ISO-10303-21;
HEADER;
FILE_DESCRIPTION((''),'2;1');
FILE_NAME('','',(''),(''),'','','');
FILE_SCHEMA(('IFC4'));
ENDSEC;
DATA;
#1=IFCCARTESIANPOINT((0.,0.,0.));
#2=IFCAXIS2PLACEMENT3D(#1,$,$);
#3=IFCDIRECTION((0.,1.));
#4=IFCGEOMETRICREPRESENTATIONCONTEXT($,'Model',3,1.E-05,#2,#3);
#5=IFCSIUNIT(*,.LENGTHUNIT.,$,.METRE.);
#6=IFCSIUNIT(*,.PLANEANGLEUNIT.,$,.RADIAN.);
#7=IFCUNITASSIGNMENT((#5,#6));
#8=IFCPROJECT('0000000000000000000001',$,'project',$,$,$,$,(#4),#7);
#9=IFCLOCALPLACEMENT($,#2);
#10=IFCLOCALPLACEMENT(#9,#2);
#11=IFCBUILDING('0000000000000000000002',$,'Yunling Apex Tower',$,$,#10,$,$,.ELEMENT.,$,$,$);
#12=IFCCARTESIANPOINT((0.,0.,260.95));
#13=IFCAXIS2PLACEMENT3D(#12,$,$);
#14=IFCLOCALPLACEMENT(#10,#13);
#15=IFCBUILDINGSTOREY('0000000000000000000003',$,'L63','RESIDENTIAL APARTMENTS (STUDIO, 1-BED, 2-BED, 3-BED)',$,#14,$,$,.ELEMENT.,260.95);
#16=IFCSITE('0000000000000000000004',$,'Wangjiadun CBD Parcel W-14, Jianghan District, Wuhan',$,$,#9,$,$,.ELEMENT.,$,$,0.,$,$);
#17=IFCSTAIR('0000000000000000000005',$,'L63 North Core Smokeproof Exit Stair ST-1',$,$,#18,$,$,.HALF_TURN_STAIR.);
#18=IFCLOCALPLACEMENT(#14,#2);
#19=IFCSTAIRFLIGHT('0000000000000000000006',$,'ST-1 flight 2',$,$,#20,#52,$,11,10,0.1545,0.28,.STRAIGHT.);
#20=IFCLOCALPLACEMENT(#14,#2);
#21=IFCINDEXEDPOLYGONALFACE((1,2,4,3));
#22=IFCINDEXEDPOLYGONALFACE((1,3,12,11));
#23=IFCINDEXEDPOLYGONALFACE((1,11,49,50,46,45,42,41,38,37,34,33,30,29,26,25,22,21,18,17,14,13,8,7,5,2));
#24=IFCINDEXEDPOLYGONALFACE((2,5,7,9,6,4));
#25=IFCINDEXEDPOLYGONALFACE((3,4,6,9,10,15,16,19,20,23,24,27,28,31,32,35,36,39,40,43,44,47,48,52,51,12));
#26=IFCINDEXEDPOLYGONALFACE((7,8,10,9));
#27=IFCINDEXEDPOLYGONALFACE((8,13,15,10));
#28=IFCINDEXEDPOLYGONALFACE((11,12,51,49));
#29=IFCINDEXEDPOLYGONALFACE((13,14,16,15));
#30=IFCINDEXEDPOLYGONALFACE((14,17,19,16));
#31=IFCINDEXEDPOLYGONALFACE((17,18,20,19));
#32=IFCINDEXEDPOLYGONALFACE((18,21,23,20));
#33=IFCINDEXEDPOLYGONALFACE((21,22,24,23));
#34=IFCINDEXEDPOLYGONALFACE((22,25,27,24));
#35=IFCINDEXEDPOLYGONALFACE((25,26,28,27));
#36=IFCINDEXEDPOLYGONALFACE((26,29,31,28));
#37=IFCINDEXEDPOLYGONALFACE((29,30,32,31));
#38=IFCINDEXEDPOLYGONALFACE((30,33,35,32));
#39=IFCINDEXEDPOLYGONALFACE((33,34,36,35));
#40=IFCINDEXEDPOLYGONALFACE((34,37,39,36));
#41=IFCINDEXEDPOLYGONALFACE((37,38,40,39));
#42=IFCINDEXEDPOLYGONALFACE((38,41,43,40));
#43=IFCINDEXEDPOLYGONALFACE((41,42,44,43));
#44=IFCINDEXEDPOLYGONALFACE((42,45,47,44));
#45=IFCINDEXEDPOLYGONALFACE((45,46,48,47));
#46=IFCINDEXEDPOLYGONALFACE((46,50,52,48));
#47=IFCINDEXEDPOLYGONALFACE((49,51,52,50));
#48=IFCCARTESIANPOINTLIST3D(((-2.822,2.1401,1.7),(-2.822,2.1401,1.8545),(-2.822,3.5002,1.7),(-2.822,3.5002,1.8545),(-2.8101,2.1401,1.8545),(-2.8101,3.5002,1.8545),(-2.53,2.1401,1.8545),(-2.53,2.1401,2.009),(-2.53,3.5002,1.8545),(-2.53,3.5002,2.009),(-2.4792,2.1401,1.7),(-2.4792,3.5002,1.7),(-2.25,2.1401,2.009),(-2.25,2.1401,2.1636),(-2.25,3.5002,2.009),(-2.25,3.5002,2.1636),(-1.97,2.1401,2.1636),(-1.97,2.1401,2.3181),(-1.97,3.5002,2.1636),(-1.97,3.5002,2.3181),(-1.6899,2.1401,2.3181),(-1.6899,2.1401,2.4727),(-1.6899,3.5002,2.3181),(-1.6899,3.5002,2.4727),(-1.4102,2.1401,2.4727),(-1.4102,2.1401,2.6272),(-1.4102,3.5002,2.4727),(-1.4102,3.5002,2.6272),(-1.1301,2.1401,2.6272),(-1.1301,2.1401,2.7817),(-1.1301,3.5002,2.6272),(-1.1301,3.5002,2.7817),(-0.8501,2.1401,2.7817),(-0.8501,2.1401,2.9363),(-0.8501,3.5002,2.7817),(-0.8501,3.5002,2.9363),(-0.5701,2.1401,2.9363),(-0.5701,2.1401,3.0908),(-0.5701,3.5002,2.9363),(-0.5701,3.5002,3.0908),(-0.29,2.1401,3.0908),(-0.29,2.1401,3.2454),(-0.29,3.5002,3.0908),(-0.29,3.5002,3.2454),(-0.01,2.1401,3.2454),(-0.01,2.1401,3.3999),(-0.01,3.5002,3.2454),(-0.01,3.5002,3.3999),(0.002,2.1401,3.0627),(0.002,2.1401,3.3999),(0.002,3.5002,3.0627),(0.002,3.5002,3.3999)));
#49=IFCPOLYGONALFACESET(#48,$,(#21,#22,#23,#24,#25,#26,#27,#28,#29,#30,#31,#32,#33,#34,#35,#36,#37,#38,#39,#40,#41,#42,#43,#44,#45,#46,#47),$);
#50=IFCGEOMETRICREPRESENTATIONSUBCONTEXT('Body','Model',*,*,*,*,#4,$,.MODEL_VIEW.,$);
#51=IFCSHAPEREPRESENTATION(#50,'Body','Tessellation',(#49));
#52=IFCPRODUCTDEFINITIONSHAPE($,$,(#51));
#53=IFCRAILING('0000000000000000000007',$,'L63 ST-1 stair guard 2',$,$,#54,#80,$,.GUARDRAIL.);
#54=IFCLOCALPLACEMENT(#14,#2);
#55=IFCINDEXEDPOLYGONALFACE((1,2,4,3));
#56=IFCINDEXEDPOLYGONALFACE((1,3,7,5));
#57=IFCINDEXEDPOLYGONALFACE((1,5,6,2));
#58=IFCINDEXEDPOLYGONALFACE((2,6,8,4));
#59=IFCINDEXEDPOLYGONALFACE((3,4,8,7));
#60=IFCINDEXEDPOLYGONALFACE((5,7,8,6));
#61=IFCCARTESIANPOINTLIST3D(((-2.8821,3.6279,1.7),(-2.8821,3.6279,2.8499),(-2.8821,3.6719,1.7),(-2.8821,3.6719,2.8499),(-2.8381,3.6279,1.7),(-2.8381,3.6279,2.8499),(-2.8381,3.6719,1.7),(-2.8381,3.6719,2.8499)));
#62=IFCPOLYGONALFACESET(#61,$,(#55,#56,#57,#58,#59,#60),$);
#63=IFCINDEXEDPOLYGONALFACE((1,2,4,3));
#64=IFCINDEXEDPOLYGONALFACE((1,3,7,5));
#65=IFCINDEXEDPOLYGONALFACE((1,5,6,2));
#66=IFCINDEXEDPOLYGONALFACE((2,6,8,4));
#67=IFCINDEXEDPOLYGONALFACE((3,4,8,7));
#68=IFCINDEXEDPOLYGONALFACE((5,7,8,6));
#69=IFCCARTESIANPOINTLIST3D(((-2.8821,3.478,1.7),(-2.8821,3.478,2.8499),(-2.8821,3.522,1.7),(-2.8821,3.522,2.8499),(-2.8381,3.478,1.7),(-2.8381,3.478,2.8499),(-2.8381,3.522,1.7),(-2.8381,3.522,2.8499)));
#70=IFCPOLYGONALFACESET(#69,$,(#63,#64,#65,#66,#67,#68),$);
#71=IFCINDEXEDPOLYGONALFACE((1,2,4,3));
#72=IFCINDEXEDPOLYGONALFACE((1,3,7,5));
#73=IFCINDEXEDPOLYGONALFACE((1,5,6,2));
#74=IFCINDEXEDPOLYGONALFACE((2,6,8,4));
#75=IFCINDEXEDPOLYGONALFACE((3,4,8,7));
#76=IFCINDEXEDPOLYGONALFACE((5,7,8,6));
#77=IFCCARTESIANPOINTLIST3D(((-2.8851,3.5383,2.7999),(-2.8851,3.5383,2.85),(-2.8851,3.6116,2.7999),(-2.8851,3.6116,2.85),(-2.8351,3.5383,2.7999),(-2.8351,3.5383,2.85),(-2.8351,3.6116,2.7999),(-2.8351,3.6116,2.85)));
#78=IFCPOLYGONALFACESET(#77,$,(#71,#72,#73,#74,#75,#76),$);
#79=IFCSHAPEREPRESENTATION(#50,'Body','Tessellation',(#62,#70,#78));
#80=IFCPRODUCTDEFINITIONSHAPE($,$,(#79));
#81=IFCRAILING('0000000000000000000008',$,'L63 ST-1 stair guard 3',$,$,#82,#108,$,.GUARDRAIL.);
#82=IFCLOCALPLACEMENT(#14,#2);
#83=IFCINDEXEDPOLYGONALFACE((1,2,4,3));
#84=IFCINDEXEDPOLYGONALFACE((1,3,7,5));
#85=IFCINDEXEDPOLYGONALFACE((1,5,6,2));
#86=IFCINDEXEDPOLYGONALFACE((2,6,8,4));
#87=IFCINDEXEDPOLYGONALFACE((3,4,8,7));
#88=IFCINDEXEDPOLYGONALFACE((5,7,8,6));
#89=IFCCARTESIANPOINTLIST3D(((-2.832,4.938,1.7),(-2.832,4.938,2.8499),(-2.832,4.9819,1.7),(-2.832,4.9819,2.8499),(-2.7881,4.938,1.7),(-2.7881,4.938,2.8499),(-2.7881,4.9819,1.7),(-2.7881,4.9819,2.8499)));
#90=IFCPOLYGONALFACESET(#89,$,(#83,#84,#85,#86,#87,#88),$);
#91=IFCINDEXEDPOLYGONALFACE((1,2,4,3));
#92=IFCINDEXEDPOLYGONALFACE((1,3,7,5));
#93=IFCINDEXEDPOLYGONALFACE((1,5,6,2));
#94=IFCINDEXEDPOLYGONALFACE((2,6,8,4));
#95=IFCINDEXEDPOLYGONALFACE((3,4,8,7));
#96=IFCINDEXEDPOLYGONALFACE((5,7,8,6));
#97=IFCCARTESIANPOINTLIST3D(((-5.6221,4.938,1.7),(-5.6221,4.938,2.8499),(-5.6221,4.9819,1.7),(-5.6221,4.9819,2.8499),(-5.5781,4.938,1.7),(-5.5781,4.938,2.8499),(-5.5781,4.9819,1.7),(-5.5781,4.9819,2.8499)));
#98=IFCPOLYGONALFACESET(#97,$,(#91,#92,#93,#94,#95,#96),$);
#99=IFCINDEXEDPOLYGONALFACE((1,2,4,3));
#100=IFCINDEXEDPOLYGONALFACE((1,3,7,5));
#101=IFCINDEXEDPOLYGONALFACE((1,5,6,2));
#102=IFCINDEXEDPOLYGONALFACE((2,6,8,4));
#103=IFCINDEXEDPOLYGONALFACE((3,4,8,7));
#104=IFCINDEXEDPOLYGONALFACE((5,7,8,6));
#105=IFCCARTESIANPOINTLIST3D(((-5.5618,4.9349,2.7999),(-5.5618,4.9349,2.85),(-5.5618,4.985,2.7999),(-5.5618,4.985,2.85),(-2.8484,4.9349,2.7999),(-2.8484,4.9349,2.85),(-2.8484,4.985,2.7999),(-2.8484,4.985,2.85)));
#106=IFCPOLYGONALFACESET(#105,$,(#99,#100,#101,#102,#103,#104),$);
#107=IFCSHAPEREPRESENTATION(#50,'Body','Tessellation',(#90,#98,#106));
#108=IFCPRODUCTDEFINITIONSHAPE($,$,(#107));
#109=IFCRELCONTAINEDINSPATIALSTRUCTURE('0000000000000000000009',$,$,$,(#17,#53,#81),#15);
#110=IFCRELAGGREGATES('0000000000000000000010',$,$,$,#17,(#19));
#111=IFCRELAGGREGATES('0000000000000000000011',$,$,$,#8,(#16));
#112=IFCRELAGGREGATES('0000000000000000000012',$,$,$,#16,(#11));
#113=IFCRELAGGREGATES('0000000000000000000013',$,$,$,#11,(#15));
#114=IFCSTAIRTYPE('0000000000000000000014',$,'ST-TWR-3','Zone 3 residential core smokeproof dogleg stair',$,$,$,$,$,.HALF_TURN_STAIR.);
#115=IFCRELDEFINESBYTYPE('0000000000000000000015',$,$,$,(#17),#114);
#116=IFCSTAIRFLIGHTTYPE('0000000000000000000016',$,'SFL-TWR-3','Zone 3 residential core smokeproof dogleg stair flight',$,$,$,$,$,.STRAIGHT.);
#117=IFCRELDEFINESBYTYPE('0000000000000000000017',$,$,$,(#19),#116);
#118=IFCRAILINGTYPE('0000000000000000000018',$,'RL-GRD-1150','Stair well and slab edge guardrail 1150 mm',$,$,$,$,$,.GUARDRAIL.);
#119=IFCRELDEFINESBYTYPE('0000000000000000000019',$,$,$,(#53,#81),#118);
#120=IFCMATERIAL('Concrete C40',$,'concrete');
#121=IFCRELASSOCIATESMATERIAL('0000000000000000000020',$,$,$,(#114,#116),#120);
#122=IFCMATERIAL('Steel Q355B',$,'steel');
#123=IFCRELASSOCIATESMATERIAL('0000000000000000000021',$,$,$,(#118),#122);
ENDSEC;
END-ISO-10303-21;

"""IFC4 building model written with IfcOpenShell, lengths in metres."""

from ifc_helpers import new_model, si_unit, direction, frame, origin, origin_2d, place, context, subcontext, project, spatial, polyline, rectangle, outline, extrude, material, type_object, element, aggregate, save


model = new_model("IFC4")

# Units and contexts
model_context = context("Model", 3, precision=1e-05, world=origin(), true_north=direction((0.0, 1.0)))
body_context = subcontext(model_context, "Body", "Model", "MODEL_VIEW")
ifc_project = project(units=[si_unit("LENGTHUNIT", "METRE"), si_unit("PLANEANGLEUNIT", "RADIAN")], contexts=[model_context])

# Site, building, storey
site_placement = place(None, origin())
site = spatial("IfcSite", under=ifc_project, at=site_placement, Name="Wangjiadun CBD Parcel W-14, Jianghan District, Wuhan", CompositionType="ELEMENT", RefElevation=0.0)
building_placement = place(site_placement, origin())
building = spatial("IfcBuilding", under=site, at=building_placement, Name="Yunling Apex Tower", CompositionType="ELEMENT")
storey_placement = place(building_placement, frame((0.0, 0.0, 260.95)))
storey = spatial("IfcBuildingStorey", under=building, at=storey_placement, Name="L63", Description="RESIDENTIAL APARTMENTS (STUDIO, 1-BED, 2-BED, 3-BED)", CompositionType="ELEMENT", Elevation=260.95)

# Shared definitions
ifc_material_1 = material(Name="Steel Q355B", Category="steel")

# Shared definitions
ifc_material_2 = material(Name="Concrete C40", Category="concrete")

# Stair, stair flight
stair_type = type_object("IfcStairType", Name="ST-TWR-3", Description="Zone 3 residential core smokeproof dogleg stair", PredefinedType="HALF_TURN_STAIR", material=ifc_material_2)
stair_placement = place(storey_placement, origin())
stair = element("IfcStair", 1, at=stair_placement, inside=storey, type_object=stair_type, Name="L63 North Core Smokeproof Exit Stair ST-1", PredefinedType="HALF_TURN_STAIR")
stair_flight_type = type_object("IfcStairFlightType", Name="SFL-TWR-3", Description="Zone 3 residential core smokeproof dogleg stair flight", PredefinedType="STRAIGHT", material=ifc_material_2)
stair_flight_placement = place(storey_placement, frame((-2.8101, 2.8201, 1.7), z_axis=(0.0, 0.0, 1.0), x_axis=(1.0, 0.0, 0.0)))
stair_flight = element("IfcStairFlight", 2, at=stair_flight_placement, type_object=stair_flight_type, Name="ST-1 flight 2", NumberOfRisers=11, NumberOfTreads=10, PredefinedType="STRAIGHT", RiserHeight=0.1545, TreadLength=0.28, context=body_context, shape_type="SweptSolid", body=[
    extrude(outline(polyline([(-0.012, 0.0), (-0.012, 0.1545), (0.0, 0.1545), (0.28, 0.1545), (0.28, 0.3091), (0.5601, 0.3091), (0.5601, 0.4636), (0.8401, 0.4636), (0.8401, 0.6182), (1.1201, 0.6182), (1.1201, 0.7727), (1.3999, 0.7727), (1.3999, 0.9272), (1.6799, 0.9272), (1.6799, 1.0818), (1.96, 1.0818), (1.96, 1.2363), (2.24, 1.2363), (2.24, 1.3909), (2.52, 1.3909), (2.52, 1.5454), (2.8, 1.5454), (2.8, 1.7), (2.812, 1.7), (2.812, 1.3628), (0.3308, 0.0), (-0.012, 0.0)])), frame((0.0, 0.6802, 0.0), z_axis=(0.0, -1.0, 0.0), x_axis=(1.0, 0.0, 0.0)), (0.0, 0.0, 1.0), 1.3601),
])
aggregate(stair, [stair_flight])

# Railings
railing_type = type_object("IfcRailingType", Name="RL-GRD-1150", Description="Stair well and slab edge guardrail 1150 mm", PredefinedType="GUARDRAIL", material=ifc_material_1)
railing_1_placement = place(storey_placement, frame((-2.8601, 3.6499, 1.7)))
element("IfcRailing", 3, at=railing_1_placement, inside=storey, type_object=railing_type, Name="L63 ST-1 stair guard 2", PredefinedType="GUARDRAIL", context=body_context, shape_type="SweptSolid", body=[
    extrude(rectangle(XDim=0.0439, YDim=0.0439, at=origin_2d()), origin(), (0.0, 0.0, 1.0), 1.1499),
    extrude(rectangle(XDim=0.0439, YDim=0.0439, at=origin_2d()), frame((0.0, -0.1499, 0.0)), (0.0, 0.0, 1.0), 1.1499),
    extrude(rectangle(XDim=0.05, YDim=0.05, at=origin_2d()), frame((0.0, -0.0383, 1.125), z_axis=(0.0, -1.0, 0.0), x_axis=(1.0, 0.0, 0.0)), (0.0, 0.0, 1.0), 0.0732),
])
railing_2_placement = place(storey_placement, frame((-2.8101, 4.96, 1.7)))
element("IfcRailing", 4, at=railing_2_placement, inside=storey, type_object=railing_type, Name="L63 ST-1 stair guard 3", PredefinedType="GUARDRAIL", context=body_context, shape_type="SweptSolid", body=[
    extrude(rectangle(XDim=0.0439, YDim=0.0439, at=origin_2d()), origin(), (0.0, 0.0, 1.0), 1.1499),
    extrude(rectangle(XDim=0.0439, YDim=0.0439, at=origin_2d()), frame((-2.79, 0.0, 0.0)), (0.0, 0.0, 1.0), 1.1499),
    extrude(rectangle(XDim=0.05, YDim=0.05, at=origin_2d()), frame((-0.0383, 0.0, 1.125), z_axis=(-1.0, 0.0, 0.0), x_axis=(0.0, -1.0, 0.0)), (0.0, 0.0, 1.0), 2.7134),
])

save(model, "model.ifc")
